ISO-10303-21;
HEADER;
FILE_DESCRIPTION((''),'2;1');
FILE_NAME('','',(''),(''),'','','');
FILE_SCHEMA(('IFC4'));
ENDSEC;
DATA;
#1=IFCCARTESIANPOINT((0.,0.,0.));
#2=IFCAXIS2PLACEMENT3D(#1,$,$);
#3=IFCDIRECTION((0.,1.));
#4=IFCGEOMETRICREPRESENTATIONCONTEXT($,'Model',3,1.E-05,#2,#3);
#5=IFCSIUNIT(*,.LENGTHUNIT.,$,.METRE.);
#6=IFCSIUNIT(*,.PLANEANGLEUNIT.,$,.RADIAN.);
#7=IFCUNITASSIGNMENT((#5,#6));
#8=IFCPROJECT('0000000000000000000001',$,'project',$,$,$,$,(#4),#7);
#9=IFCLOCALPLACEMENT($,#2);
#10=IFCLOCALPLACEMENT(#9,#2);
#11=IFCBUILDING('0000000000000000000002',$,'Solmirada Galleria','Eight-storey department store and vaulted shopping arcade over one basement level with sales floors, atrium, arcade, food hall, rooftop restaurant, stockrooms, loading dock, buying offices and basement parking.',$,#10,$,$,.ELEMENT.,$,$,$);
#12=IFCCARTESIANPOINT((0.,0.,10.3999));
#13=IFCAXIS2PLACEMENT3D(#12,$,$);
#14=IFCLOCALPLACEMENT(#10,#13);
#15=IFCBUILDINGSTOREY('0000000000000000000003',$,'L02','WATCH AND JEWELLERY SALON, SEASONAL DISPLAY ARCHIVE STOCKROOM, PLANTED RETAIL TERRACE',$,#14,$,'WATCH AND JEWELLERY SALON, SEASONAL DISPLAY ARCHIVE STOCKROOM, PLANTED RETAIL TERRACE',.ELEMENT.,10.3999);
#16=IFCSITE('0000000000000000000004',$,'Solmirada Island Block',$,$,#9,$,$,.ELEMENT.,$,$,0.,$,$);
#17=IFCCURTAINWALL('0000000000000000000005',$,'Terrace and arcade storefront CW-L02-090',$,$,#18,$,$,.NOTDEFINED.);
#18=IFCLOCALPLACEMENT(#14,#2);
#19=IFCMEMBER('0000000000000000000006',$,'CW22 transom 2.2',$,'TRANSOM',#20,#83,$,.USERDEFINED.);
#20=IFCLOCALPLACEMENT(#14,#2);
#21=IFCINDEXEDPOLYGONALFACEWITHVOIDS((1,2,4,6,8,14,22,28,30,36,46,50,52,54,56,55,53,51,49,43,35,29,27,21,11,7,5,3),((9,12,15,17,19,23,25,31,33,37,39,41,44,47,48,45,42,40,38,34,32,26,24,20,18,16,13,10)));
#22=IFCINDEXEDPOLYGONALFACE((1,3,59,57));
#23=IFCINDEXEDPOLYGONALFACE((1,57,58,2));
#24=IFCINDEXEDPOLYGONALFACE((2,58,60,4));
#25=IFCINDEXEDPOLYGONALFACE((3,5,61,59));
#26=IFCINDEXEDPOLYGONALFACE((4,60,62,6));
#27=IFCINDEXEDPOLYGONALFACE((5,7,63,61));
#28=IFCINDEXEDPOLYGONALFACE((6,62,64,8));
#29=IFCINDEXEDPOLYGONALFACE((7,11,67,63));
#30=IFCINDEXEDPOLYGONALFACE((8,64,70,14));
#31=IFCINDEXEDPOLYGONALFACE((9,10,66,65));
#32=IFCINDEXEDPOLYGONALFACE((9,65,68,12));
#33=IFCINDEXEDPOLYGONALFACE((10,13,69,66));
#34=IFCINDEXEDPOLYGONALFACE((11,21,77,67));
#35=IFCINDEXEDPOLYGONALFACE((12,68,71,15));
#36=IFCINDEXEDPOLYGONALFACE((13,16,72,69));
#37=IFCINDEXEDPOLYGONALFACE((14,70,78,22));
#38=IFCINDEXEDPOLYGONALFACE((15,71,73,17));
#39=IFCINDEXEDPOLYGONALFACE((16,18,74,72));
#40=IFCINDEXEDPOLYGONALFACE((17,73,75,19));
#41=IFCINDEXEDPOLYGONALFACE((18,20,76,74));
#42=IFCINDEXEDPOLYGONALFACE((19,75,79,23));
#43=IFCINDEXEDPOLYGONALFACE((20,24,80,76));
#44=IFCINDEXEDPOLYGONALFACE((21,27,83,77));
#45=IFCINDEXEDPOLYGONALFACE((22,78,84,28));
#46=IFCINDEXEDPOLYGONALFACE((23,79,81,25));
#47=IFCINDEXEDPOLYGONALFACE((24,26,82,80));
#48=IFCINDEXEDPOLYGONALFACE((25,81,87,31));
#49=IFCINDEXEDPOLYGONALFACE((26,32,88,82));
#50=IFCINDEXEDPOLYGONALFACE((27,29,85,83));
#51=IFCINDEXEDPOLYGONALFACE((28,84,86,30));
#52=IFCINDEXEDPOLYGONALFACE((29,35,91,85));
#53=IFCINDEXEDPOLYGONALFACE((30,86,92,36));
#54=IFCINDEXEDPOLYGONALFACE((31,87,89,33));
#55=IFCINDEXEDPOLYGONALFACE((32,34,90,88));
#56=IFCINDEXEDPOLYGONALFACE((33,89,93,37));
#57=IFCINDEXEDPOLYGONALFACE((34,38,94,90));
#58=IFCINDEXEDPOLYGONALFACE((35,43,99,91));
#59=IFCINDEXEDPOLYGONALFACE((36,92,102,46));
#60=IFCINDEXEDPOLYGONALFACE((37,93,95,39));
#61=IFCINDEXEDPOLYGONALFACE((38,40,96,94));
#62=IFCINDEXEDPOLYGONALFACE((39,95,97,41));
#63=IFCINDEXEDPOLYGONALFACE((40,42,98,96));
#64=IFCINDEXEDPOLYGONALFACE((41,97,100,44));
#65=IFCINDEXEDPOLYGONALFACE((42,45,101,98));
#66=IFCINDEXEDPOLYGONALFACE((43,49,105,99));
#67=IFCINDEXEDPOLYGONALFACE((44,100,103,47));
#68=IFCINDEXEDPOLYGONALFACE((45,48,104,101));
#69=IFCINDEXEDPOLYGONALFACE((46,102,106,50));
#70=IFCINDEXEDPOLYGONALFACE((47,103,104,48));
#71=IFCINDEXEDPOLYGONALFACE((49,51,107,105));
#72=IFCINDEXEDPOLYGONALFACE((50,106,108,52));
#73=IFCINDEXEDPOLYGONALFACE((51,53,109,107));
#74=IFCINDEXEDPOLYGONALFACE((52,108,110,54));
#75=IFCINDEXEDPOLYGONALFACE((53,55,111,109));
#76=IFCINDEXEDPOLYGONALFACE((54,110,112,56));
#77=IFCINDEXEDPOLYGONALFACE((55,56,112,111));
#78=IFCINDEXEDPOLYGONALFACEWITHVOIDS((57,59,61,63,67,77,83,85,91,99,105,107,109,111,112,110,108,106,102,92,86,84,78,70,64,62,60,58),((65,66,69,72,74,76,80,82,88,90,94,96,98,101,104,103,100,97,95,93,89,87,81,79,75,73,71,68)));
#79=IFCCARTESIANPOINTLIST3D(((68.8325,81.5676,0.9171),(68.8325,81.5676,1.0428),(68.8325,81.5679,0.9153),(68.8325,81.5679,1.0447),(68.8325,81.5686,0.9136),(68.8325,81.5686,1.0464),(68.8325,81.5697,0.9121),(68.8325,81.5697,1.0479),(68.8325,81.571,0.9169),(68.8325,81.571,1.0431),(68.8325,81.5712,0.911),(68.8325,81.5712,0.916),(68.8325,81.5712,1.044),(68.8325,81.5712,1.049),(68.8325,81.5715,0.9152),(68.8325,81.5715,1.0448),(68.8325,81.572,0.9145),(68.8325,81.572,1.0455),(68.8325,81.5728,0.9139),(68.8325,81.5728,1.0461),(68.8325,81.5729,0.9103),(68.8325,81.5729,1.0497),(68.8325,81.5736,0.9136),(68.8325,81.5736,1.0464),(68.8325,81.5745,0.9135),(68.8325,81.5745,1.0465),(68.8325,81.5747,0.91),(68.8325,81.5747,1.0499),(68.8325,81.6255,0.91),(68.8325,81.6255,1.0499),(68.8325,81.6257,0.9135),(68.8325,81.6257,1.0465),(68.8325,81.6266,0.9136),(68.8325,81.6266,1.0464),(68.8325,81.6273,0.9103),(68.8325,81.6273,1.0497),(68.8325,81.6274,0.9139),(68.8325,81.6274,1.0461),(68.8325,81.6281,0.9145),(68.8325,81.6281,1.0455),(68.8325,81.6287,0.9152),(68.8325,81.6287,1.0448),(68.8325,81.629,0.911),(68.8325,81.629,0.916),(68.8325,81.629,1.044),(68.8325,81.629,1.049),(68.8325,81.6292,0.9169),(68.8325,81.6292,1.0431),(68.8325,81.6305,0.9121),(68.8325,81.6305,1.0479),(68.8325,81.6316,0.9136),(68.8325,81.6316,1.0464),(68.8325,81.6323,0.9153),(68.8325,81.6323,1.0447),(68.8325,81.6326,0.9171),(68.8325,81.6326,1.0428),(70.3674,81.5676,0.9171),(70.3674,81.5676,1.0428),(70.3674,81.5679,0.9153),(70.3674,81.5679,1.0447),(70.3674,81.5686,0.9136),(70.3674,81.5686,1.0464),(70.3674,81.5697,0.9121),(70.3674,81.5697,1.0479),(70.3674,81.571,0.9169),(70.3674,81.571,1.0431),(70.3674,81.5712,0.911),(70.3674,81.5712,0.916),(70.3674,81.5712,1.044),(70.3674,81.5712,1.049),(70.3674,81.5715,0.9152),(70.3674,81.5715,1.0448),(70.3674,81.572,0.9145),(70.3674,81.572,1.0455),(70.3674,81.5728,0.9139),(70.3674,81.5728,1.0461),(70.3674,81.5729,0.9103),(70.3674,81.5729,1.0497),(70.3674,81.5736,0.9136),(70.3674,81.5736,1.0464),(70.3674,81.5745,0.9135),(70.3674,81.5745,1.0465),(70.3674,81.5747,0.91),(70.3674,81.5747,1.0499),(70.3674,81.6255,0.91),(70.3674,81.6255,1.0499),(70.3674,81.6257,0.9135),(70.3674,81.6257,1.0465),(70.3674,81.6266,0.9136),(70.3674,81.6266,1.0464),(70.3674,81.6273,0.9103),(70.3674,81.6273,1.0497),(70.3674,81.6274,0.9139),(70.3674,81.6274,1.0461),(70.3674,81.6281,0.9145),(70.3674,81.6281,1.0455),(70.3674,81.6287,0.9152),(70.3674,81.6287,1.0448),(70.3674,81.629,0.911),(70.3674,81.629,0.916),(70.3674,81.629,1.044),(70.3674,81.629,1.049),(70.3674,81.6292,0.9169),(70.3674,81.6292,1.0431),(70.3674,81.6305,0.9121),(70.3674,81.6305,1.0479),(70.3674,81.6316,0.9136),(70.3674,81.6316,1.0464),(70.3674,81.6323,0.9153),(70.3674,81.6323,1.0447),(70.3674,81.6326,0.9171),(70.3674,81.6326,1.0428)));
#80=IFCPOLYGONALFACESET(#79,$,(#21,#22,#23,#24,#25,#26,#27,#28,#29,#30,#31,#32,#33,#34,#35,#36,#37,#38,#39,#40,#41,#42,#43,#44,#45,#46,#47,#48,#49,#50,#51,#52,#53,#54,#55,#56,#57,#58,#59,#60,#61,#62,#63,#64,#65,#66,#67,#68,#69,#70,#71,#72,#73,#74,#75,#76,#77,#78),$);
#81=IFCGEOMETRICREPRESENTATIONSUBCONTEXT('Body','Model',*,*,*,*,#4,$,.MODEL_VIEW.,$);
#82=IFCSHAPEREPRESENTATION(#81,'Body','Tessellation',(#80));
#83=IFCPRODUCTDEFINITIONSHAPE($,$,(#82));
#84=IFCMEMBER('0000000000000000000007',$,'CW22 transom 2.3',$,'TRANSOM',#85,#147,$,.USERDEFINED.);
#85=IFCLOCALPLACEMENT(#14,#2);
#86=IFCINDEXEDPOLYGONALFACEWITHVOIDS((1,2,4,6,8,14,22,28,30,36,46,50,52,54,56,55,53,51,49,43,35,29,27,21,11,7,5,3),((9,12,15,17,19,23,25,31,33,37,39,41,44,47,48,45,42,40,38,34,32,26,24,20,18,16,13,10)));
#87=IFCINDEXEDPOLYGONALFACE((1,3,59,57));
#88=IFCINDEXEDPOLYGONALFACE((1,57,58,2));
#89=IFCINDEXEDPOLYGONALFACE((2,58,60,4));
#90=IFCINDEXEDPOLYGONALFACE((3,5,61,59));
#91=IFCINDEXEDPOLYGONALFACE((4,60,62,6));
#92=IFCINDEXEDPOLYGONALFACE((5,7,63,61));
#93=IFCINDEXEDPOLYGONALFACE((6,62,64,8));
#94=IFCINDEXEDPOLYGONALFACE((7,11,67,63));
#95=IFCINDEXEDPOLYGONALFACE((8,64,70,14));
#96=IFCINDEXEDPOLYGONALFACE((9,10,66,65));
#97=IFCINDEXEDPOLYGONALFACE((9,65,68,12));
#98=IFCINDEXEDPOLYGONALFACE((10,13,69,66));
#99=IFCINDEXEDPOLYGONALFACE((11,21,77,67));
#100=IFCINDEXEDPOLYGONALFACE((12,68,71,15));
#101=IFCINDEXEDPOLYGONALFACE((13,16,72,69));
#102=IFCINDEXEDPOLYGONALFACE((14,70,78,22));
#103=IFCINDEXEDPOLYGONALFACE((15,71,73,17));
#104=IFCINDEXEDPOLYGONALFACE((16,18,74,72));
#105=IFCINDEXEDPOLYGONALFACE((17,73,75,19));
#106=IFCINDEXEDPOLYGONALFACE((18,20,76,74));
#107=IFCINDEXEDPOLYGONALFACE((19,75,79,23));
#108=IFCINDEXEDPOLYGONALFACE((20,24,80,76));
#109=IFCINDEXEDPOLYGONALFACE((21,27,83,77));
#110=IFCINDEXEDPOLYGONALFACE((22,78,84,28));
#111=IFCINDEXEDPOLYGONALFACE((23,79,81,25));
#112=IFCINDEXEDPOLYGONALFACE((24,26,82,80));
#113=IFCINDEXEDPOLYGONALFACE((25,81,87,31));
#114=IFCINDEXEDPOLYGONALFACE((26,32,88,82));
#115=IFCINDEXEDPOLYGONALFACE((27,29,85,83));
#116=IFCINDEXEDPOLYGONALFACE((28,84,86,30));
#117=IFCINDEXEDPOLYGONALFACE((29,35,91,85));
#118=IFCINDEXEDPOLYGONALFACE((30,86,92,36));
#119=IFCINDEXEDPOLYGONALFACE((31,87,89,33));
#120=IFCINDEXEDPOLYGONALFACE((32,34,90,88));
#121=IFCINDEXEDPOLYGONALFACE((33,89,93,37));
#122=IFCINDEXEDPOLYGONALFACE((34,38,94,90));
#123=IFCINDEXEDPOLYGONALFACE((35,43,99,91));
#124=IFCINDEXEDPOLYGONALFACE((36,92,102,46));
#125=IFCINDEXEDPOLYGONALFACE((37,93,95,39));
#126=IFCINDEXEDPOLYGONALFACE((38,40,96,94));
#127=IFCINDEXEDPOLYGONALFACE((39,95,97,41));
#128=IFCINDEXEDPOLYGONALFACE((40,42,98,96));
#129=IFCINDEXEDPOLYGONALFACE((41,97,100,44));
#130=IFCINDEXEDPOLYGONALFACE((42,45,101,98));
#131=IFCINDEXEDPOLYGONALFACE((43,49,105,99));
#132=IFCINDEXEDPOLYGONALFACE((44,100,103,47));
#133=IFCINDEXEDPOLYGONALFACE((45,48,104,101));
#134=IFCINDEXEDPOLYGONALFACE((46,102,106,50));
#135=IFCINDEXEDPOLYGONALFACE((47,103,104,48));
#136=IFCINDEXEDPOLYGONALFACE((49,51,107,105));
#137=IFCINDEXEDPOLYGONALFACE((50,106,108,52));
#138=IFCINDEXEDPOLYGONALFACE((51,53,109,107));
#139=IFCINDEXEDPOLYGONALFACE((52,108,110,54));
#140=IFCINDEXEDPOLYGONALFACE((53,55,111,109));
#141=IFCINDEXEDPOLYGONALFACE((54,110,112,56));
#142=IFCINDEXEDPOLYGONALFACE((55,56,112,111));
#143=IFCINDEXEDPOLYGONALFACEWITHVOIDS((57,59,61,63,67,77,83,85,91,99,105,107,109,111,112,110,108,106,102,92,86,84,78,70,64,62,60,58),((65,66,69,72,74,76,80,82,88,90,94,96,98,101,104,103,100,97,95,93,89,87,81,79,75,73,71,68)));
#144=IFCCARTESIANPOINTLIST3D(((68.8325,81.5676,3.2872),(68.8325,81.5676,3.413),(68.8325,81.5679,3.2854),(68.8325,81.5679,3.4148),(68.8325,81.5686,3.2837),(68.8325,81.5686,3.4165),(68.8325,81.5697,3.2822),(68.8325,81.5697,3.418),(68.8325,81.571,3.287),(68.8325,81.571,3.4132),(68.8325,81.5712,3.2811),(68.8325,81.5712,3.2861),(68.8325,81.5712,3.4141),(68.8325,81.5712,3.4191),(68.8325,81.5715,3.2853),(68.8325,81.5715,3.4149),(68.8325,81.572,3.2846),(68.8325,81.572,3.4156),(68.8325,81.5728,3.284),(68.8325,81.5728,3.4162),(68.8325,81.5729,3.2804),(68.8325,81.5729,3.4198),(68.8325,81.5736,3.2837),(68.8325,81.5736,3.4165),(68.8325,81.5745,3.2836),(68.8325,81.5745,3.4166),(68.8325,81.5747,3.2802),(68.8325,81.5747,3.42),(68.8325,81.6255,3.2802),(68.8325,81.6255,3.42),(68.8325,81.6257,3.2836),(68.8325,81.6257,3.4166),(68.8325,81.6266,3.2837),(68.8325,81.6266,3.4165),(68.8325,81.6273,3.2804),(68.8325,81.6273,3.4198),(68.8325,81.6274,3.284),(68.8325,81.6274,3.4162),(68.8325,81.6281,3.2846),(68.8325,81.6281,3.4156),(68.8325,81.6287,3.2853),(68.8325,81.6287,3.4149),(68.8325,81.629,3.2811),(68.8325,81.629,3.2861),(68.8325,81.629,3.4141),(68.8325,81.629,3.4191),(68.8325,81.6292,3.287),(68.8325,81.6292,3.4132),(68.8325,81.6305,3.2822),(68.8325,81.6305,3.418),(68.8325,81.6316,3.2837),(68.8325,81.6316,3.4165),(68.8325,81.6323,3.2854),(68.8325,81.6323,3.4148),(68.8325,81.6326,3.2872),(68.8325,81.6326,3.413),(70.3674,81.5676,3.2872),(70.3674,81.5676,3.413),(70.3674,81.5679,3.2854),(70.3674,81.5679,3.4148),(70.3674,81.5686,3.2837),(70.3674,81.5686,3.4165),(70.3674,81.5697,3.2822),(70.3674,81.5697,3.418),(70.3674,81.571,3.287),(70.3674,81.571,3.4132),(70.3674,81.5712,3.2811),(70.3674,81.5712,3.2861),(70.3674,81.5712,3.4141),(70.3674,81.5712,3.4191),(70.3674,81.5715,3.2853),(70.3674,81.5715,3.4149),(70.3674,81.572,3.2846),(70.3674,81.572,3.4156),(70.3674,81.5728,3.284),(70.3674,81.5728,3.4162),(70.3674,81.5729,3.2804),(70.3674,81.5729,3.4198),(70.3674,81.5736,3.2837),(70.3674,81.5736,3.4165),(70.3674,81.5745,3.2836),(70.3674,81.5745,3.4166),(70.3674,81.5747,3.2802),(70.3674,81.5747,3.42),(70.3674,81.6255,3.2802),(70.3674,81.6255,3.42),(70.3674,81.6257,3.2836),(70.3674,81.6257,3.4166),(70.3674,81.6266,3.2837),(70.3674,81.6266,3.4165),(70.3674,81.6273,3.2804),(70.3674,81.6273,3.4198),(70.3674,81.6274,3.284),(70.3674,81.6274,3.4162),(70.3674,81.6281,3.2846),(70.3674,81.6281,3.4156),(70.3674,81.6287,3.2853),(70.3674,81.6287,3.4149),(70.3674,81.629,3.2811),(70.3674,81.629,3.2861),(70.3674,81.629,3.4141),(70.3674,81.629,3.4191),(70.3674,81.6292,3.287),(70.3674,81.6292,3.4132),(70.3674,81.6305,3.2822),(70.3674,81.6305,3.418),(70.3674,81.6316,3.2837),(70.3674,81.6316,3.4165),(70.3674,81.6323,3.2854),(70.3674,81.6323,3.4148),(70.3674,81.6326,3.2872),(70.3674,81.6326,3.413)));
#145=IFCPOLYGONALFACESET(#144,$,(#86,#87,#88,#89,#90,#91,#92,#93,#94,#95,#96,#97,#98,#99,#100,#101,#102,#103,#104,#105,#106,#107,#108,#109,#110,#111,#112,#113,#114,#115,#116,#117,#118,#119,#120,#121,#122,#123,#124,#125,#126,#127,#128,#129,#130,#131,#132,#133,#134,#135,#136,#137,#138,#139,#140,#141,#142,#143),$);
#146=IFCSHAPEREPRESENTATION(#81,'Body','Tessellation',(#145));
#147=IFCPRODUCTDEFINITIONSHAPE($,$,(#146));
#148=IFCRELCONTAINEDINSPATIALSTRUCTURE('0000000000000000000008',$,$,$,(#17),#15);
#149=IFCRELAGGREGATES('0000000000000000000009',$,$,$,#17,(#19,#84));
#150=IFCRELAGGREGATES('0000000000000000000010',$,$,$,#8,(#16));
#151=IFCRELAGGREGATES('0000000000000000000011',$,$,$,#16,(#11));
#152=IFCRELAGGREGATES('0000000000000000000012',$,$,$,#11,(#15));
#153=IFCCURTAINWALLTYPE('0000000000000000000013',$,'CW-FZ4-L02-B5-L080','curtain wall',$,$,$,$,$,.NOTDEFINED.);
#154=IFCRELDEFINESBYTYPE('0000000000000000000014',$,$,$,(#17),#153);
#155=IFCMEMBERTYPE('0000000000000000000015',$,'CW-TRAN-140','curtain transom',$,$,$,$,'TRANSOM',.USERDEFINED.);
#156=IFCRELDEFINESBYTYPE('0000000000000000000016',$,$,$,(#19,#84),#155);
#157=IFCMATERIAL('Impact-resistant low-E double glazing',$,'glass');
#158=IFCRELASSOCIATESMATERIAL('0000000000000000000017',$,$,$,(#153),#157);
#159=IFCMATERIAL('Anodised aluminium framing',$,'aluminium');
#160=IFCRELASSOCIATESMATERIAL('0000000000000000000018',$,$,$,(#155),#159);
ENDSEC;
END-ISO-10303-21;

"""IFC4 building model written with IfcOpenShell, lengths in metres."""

from ifc_helpers import new_model, si_unit, direction, frame, origin, origin_2d, place, context, subcontext, project, spatial, hollow_rectangle, extrude, material, material_profile, profile_set, type_object, element, aggregate, save


model = new_model("IFC4")

# Units and contexts
model_context = context("Model", 3, precision=1e-05, world=origin(), true_north=direction((0.0, 1.0)))
body_context = subcontext(model_context, "Body", "Model", "MODEL_VIEW")
ifc_project = project(units=[si_unit("LENGTHUNIT", "METRE"), si_unit("PLANEANGLEUNIT", "RADIAN")], contexts=[model_context])

# Site, building, storey
site_placement = place(None, origin())
site = spatial("IfcSite", under=ifc_project, at=site_placement, Name="Solmirada Island Block", CompositionType="ELEMENT", RefElevation=0.0)
building_placement = place(site_placement, origin())
building = spatial("IfcBuilding", under=site, at=building_placement, Name="Solmirada Galleria", Description="Eight-storey department store and vaulted shopping arcade over one basement level with sales floors, atrium, arcade, food hall, rooftop restaurant, stockrooms, loading dock, buying offices and basement parking.", CompositionType="ELEMENT")
storey_placement = place(building_placement, frame((0.0, 0.0, 10.3999)))
storey = spatial("IfcBuildingStorey", under=building, at=storey_placement, Name="L02", Description="WATCH AND JEWELLERY SALON, SEASONAL DISPLAY ARCHIVE STOCKROOM, PLANTED RETAIL TERRACE", LongName="WATCH AND JEWELLERY SALON, SEASONAL DISPLAY ARCHIVE STOCKROOM, PLANTED RETAIL TERRACE", CompositionType="ELEMENT", Elevation=10.3999)

# Shared definitions
ifc_material_1 = material(Name="Impact-resistant low-E double glazing", Category="glass")
curtain_wall_type = type_object("IfcCurtainWallType", Name="CW-FZ4-L02-B5-L080", Description="curtain wall", PredefinedType="NOTDEFINED", material=ifc_material_1)
ifc_material_2 = material(Name="Anodised aluminium framing", Category="aluminium")

# Curtain wall
curtain_wall_1_placement = place(storey_placement, origin())
curtain_wall_1 = element("IfcCurtainWall", 1, at=curtain_wall_1_placement, inside=storey, type_object=curtain_wall_type, Name="Terrace and arcade storefront CW-L02-090", PredefinedType="NOTDEFINED")

# Members
ifc_material_profile_1 = material_profile(ifc_material_2, hollow_rectangle(XDim=0.0649, YDim=0.1399, WallThickness=0.0034, InnerFilletRadius=0.0034, OuterFilletRadius=0.0071, at=origin_2d()), Name="ALU-TRAN-140X65")
ifc_profile_set_1 = profile_set([ifc_material_profile_1], Name="Anodised aluminium framing")
member_type_1 = type_object("IfcMemberType", Name="CW-TRAN-140", Description="curtain transom", ElementType="TRANSOM", PredefinedType="USERDEFINED", material=ifc_profile_set_1)
member_1_placement = place(storey_placement, frame((70.3674, 81.6001, 0.98), z_axis=(-1.0, 0.0, 0.0), x_axis=(0.0, -1.0, 0.0)))
member_1 = element("IfcMember", 2, at=member_1_placement, type_object=member_type_1, Name="CW22 transom 2.2", ObjectType="TRANSOM", PredefinedType="USERDEFINED", context=body_context, shape_type="SweptSolid", body=[
    extrude(hollow_rectangle(XDim=0.0649, YDim=0.1399, WallThickness=0.0034, InnerFilletRadius=0.0034, OuterFilletRadius=0.0071, at=origin_2d()), origin(), (0.0, 0.0, 1.0), 1.5349),
])
member_2_placement = place(storey_placement, frame((70.3674, 81.6001, 3.3501), z_axis=(-1.0, 0.0, 0.0), x_axis=(0.0, -1.0, 0.0)))
member_2 = element("IfcMember", 3, at=member_2_placement, type_object=member_type_1, Name="CW22 transom 2.3", ObjectType="TRANSOM", PredefinedType="USERDEFINED", context=body_context, shape_type="SweptSolid", body=[
    extrude(hollow_rectangle(XDim=0.0649, YDim=0.1399, WallThickness=0.0034, InnerFilletRadius=0.0034, OuterFilletRadius=0.0071, at=origin_2d()), origin(), (0.0, 0.0, 1.0), 1.5349),
])

aggregate(curtain_wall_1, [member_1, member_2])

save(model, "model.ifc")
